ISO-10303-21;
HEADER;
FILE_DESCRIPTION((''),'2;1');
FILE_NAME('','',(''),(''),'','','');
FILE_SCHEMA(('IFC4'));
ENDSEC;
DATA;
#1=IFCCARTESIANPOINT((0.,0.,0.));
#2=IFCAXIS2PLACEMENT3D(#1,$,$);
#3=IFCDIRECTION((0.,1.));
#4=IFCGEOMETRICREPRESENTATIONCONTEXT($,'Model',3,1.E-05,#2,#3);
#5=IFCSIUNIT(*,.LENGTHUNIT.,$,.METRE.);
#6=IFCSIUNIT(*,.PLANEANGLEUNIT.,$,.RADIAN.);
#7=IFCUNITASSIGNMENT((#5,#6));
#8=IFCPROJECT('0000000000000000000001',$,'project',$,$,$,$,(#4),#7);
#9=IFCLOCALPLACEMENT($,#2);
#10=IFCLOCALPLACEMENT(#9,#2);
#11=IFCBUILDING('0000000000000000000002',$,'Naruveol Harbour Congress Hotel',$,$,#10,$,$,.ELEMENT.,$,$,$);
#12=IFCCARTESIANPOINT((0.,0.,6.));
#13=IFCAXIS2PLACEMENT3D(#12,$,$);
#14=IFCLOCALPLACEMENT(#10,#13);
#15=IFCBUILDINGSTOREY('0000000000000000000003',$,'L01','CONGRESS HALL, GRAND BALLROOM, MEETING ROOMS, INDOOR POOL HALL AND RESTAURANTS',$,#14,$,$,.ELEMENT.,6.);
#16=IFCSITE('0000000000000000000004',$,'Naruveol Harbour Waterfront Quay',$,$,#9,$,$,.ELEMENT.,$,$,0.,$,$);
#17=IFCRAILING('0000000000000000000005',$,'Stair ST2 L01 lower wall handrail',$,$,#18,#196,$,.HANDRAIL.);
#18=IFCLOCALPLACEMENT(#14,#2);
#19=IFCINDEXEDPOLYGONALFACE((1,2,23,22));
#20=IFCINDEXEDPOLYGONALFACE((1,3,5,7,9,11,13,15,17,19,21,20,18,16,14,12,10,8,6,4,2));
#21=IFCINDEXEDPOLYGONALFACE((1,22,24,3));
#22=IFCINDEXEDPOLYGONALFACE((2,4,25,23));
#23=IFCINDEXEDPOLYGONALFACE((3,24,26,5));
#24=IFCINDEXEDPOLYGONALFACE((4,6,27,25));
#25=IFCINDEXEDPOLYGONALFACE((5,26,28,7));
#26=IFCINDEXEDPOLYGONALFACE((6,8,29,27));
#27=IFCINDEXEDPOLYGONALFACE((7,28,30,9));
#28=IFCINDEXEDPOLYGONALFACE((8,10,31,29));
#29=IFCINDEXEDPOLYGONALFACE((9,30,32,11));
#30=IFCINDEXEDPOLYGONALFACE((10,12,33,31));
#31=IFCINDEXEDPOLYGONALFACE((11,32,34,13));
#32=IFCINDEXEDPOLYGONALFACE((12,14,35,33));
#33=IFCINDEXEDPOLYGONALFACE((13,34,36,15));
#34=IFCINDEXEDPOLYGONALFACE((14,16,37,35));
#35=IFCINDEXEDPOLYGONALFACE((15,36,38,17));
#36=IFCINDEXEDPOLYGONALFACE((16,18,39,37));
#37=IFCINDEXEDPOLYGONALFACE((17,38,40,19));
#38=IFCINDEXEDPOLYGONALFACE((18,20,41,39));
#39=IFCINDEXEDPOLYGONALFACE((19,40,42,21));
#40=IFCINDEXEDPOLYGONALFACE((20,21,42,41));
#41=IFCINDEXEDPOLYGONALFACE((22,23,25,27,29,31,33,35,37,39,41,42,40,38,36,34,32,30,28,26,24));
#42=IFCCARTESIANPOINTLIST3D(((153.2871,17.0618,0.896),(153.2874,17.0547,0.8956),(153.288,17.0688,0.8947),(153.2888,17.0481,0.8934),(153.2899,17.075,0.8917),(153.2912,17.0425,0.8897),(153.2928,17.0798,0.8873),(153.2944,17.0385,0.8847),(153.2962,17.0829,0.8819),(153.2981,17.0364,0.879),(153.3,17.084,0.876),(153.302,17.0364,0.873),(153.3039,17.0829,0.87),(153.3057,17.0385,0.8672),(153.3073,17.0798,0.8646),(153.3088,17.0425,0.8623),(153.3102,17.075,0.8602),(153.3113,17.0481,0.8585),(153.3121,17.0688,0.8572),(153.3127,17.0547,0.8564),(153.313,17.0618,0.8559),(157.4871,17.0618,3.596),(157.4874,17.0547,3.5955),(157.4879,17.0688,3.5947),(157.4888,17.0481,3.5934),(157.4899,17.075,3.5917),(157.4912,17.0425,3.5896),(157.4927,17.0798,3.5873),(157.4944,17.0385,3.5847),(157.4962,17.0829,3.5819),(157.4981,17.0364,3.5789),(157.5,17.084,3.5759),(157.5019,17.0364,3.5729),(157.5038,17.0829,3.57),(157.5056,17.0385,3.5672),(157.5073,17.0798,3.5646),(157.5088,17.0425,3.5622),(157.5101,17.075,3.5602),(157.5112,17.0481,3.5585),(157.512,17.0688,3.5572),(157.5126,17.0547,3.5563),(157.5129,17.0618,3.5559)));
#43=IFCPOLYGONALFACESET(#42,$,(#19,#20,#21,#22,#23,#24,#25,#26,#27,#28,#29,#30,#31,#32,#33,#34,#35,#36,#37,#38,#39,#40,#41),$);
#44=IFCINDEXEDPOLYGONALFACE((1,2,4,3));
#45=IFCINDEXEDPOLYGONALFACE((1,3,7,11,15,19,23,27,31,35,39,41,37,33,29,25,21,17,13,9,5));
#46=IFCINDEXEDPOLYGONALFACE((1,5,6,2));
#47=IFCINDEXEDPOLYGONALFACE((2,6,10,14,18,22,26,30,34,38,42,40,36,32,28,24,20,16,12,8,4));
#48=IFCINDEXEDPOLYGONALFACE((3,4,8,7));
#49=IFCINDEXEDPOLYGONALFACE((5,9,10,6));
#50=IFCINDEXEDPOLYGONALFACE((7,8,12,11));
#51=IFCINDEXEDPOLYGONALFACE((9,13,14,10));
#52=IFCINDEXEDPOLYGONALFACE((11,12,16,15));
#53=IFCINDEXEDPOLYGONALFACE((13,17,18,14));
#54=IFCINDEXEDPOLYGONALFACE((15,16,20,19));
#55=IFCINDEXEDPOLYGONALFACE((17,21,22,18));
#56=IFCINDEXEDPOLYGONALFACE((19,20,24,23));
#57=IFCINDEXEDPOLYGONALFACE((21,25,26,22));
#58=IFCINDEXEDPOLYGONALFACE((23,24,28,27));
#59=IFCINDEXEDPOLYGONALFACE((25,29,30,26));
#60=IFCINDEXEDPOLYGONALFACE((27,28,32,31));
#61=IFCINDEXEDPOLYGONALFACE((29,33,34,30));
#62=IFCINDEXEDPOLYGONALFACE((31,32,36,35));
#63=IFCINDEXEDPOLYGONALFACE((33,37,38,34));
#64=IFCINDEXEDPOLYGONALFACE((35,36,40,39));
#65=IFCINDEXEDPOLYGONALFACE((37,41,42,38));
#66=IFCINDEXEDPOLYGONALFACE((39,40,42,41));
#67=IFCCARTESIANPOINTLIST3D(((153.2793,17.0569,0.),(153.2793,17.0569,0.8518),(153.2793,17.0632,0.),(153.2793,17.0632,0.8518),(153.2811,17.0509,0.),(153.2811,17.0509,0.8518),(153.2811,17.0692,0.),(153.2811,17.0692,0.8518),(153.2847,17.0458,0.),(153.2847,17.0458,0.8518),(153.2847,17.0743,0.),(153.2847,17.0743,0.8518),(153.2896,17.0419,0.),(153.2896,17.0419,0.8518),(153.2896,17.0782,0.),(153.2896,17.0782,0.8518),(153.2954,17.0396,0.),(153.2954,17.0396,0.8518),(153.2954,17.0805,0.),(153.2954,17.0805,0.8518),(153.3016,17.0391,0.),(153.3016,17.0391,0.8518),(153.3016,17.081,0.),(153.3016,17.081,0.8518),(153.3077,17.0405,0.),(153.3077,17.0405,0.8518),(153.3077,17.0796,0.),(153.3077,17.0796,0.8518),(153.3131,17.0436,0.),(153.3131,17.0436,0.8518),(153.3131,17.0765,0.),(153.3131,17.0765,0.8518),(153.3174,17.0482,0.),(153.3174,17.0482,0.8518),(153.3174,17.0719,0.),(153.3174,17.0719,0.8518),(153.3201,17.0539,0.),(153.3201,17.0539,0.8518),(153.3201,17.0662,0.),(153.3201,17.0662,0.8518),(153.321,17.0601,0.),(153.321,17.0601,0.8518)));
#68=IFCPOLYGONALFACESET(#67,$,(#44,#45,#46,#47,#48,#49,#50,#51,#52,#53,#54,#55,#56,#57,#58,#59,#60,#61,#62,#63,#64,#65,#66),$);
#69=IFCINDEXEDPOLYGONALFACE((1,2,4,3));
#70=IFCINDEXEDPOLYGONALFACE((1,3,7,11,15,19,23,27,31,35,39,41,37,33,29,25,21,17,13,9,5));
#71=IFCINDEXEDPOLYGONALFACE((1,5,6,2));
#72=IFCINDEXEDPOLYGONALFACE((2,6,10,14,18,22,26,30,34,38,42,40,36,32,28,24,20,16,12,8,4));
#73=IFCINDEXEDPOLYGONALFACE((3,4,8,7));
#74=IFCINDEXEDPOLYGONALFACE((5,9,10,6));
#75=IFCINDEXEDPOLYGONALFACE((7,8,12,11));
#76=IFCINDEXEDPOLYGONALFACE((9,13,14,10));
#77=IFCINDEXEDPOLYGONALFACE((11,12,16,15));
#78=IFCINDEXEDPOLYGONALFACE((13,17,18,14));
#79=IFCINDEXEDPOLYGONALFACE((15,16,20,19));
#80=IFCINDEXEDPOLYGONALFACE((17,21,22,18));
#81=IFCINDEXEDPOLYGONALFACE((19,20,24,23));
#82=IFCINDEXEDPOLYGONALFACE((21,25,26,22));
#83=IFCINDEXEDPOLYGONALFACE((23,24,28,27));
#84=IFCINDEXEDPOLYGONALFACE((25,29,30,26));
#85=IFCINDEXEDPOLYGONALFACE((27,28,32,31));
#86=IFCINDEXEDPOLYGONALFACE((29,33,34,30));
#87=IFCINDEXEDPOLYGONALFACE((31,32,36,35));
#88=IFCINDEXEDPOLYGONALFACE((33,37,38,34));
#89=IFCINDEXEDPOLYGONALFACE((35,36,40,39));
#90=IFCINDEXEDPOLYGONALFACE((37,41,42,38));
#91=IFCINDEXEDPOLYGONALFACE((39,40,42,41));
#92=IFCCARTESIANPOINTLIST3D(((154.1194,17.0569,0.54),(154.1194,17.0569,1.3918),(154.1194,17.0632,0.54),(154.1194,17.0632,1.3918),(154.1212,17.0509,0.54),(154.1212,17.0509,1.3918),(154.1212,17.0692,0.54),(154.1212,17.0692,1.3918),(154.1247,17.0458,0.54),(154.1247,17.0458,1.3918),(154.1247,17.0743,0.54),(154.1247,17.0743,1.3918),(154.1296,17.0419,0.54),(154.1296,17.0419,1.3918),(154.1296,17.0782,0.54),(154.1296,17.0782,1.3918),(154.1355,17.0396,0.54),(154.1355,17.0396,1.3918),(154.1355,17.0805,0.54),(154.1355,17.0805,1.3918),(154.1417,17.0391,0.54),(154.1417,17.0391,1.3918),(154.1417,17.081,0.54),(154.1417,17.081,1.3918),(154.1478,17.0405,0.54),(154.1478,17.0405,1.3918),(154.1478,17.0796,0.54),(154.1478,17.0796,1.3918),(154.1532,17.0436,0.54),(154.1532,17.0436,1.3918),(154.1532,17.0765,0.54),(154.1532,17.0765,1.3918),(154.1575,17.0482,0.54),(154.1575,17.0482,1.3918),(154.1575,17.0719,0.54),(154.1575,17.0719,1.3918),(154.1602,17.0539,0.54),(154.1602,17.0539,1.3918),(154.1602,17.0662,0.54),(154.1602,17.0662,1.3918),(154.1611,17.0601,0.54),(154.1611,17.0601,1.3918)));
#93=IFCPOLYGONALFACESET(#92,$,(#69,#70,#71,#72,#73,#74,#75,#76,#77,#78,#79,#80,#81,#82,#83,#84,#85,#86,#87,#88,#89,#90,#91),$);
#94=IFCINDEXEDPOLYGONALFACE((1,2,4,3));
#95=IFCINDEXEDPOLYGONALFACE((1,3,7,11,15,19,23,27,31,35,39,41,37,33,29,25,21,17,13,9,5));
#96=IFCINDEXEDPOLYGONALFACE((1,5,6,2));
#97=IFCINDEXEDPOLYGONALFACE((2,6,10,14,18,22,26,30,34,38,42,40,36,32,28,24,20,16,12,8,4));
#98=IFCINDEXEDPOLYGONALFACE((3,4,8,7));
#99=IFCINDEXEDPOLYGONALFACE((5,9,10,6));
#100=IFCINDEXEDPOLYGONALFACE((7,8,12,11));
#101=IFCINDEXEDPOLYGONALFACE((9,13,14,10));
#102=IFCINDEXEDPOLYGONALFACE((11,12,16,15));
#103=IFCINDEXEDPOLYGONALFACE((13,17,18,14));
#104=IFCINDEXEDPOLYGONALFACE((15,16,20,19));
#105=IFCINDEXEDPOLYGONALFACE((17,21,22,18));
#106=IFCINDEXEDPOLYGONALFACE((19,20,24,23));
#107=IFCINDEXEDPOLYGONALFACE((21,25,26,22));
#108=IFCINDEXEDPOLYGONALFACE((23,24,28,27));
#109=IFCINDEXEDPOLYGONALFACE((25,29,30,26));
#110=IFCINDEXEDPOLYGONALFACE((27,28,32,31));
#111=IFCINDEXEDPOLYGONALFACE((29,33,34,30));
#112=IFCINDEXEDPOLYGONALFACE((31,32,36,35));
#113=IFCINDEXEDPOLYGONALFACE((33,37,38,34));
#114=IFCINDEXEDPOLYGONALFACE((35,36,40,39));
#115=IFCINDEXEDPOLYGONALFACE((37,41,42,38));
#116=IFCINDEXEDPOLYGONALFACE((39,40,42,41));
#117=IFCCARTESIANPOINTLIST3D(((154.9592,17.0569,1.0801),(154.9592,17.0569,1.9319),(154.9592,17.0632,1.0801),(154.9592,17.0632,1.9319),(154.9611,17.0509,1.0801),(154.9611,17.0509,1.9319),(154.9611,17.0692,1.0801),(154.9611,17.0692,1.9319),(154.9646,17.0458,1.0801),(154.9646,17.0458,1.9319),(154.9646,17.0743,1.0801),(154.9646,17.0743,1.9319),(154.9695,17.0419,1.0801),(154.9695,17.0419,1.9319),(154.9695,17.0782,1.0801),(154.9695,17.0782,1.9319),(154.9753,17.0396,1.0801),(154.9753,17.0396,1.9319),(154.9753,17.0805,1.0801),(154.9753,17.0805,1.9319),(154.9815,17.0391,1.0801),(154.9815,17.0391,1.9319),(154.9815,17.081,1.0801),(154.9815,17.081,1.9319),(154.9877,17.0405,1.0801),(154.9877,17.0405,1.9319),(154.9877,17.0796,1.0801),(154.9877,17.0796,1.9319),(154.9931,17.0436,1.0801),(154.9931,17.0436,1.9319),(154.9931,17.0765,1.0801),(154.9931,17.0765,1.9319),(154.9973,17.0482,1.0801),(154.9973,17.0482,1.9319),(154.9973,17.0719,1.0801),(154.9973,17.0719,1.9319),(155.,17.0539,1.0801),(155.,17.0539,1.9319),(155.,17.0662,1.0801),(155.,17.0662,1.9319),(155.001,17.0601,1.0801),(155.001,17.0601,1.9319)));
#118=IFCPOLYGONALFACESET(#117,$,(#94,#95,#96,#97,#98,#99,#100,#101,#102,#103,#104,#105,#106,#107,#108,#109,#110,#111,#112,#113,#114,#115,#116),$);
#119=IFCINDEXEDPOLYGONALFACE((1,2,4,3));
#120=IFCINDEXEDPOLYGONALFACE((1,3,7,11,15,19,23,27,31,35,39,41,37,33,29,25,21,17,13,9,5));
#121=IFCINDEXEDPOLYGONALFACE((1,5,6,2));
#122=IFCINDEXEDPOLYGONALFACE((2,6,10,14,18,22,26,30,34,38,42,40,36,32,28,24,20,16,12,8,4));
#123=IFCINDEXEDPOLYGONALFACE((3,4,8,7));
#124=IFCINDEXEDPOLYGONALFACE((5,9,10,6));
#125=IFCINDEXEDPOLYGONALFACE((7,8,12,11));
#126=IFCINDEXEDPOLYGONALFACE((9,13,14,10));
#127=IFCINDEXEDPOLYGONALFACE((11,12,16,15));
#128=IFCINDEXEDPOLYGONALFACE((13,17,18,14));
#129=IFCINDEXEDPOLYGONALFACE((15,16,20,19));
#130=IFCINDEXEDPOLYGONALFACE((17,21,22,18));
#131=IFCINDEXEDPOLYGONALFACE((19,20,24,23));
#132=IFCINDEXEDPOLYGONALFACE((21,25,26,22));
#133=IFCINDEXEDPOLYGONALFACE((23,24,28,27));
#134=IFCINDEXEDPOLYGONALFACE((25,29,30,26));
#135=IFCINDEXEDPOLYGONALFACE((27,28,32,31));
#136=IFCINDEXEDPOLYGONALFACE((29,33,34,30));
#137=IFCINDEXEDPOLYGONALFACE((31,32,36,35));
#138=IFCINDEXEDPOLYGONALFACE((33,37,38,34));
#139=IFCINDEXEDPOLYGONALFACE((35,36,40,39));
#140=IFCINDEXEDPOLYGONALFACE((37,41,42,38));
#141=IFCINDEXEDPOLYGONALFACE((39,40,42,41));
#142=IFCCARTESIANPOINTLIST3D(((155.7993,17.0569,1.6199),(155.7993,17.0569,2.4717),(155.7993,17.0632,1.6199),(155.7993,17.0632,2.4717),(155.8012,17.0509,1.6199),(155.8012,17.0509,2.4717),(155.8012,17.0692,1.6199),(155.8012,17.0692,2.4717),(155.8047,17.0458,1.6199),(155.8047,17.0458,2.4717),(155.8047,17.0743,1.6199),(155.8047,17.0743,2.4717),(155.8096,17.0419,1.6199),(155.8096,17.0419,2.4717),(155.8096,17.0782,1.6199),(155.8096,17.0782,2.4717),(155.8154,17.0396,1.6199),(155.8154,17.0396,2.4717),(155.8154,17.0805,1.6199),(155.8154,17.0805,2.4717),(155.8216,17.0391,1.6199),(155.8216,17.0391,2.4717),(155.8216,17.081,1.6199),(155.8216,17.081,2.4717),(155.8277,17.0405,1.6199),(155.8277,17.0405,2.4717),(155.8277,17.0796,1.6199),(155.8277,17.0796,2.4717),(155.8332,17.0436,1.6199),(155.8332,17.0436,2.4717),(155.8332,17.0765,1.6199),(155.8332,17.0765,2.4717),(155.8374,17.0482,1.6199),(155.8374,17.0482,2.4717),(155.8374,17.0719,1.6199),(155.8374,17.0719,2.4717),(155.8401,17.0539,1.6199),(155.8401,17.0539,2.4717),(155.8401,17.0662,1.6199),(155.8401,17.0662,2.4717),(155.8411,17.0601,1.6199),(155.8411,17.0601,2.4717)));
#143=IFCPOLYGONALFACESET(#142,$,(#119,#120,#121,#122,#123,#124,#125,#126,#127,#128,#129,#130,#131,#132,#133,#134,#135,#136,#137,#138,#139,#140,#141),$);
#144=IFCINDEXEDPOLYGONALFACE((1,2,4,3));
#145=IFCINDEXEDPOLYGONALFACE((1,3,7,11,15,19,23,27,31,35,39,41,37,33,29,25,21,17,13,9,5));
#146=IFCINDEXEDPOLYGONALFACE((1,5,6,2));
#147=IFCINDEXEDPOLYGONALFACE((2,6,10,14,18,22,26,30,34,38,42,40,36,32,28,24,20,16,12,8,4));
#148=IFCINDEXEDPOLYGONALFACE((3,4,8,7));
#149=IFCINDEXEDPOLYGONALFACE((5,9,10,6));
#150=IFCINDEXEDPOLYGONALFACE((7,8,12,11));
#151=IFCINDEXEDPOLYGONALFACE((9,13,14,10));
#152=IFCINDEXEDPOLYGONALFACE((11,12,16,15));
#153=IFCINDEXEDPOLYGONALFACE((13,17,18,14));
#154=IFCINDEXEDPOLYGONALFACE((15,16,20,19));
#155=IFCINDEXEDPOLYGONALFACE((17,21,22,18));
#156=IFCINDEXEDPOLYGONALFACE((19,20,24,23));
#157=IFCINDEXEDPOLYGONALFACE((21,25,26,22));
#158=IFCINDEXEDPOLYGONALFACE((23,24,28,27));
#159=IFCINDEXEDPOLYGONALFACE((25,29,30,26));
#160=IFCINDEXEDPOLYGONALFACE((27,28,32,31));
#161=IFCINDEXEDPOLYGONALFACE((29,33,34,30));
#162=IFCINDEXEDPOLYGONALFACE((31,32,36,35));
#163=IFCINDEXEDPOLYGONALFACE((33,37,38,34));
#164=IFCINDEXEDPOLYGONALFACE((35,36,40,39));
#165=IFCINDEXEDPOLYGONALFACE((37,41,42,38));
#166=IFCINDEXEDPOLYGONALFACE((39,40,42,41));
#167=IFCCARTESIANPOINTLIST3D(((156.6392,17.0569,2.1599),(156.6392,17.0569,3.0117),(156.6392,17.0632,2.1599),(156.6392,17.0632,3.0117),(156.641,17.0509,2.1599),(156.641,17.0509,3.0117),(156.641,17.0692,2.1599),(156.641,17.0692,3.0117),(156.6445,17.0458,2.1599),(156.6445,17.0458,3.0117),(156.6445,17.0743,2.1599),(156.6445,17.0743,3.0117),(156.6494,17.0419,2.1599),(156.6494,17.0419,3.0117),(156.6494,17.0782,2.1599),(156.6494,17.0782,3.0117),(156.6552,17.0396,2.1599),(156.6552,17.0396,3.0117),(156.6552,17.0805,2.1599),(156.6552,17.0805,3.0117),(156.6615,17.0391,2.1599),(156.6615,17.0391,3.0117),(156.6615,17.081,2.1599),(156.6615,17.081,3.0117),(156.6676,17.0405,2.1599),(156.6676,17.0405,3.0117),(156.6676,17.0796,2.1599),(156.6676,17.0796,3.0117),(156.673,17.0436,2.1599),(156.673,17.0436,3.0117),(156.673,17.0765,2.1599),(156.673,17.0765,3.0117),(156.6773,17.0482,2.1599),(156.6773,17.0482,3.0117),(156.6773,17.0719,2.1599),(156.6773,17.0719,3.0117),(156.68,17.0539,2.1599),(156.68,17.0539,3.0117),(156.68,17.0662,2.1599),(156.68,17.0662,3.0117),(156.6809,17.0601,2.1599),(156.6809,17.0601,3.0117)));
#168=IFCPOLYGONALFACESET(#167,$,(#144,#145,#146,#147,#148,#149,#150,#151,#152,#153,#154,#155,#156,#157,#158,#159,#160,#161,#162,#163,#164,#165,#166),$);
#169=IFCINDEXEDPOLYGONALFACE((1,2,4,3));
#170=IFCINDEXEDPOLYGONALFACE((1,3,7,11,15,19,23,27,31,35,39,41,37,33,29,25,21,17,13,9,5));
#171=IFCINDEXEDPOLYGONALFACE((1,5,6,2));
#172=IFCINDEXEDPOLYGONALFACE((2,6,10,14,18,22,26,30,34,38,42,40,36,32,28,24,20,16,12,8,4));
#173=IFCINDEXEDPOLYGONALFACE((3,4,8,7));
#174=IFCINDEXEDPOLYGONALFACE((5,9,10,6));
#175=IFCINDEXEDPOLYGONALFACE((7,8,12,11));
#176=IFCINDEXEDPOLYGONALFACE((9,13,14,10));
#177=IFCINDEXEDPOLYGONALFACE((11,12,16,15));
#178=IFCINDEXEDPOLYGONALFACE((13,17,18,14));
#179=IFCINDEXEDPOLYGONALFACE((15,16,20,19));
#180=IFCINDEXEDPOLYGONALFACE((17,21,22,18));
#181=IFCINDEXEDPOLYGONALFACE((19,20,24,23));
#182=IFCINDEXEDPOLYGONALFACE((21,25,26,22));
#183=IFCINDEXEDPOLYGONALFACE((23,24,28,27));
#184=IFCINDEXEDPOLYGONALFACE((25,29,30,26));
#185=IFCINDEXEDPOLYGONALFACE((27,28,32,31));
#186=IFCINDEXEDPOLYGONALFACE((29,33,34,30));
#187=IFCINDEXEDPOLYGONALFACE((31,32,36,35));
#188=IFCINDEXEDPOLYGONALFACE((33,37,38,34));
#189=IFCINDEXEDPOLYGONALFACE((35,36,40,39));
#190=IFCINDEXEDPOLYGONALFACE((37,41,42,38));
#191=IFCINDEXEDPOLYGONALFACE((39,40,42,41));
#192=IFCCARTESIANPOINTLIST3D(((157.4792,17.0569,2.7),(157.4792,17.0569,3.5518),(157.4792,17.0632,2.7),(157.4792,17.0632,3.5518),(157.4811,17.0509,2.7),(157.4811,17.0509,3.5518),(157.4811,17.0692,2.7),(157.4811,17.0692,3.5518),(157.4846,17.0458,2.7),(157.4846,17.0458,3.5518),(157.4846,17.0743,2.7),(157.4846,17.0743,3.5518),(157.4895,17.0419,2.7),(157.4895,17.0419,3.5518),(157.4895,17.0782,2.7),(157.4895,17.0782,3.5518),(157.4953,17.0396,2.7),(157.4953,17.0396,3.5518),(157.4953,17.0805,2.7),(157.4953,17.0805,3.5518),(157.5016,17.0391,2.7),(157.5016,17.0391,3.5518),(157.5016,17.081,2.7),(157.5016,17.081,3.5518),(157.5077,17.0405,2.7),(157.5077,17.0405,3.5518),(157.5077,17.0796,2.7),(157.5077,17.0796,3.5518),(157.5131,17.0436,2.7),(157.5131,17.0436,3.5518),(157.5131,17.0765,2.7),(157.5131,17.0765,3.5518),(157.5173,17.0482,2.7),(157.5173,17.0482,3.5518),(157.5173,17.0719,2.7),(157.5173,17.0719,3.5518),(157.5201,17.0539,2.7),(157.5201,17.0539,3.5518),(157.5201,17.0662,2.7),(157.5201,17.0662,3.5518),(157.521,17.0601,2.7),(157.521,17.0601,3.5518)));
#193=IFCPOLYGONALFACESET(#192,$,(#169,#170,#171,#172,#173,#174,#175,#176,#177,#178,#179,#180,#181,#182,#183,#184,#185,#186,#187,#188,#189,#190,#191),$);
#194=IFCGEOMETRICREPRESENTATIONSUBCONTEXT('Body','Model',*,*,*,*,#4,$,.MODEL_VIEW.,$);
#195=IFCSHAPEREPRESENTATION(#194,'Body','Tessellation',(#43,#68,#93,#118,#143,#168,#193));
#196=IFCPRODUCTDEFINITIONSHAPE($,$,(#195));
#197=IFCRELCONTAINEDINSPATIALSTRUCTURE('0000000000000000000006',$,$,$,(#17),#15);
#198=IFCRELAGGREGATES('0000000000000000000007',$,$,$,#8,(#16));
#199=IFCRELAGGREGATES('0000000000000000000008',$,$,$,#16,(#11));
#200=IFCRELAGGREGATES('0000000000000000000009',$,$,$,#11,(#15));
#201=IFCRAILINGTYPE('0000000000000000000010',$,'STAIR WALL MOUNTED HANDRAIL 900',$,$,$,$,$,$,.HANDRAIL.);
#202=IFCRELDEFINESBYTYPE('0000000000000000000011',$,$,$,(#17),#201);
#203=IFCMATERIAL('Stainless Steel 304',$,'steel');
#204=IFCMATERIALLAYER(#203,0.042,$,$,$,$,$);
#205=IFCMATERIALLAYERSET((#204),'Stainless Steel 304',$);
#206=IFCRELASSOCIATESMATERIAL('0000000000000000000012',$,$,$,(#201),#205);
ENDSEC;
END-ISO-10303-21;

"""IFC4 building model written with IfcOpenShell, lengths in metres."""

from ifc_helpers import new_model, si_unit, direction, frame, origin, origin_2d, place, context, subcontext, project, spatial, circle, extrude, material, layer, layer_set, type_object, element, save


model = new_model("IFC4")

# Units and contexts
model_context = context("Model", 3, precision=1e-05, world=origin(), true_north=direction((0.0, 1.0)))
body_context = subcontext(model_context, "Body", "Model", "MODEL_VIEW")
ifc_project = project(units=[si_unit("LENGTHUNIT", "METRE"), si_unit("PLANEANGLEUNIT", "RADIAN")], contexts=[model_context])

# Site, building, storey
site_placement = place(None, origin())
site = spatial("IfcSite", under=ifc_project, at=site_placement, Name="Naruveol Harbour Waterfront Quay", CompositionType="ELEMENT", RefElevation=0.0)
building_placement = place(site_placement, origin())
building = spatial("IfcBuilding", under=site, at=building_placement, Name="Naruveol Harbour Congress Hotel", CompositionType="ELEMENT")
storey_placement = place(building_placement, frame((0.0, 0.0, 6.0)))
storey = spatial("IfcBuildingStorey", under=building, at=storey_placement, Name="L01", Description="CONGRESS HALL, GRAND BALLROOM, MEETING ROOMS, INDOOR POOL HALL AND RESTAURANTS", CompositionType="ELEMENT", Elevation=6.0)

# Railing
ifc_material_1 = material(Name="Stainless Steel 304", Category="steel")
ifc_layer_1 = layer(ifc_material_1, 0.042)
ifc_layer_set_1 = layer_set([ifc_layer_1], Name="Stainless Steel 304")
railing_type_1 = type_object("IfcRailingType", Name="STAIR WALL MOUNTED HANDRAIL 900", PredefinedType="HANDRAIL", material=ifc_layer_set_1)
railing_1_placement = place(storey_placement, frame((153.3, 17.0601, 0.0)))
element("IfcRailing", 1, at=railing_1_placement, inside=storey, type_object=railing_type_1, Name="Stair ST2 L01 lower wall handrail", PredefinedType="HANDRAIL", context=body_context, shape_type="SweptSolid", body=[
    extrude(circle(Radius=0.0239, at=origin_2d()), frame((0.0, 0.0, 0.876), z_axis=(0.84118, 0.0, 0.540755), x_axis=(0.0, 1.0, 0.0)), (0.0, 0.0, 1.0), 4.9929),
    extrude(circle(Radius=0.021, at=origin_2d()), origin(), (0.0, 0.0, 1.0), 0.8518),
    extrude(circle(Radius=0.021, at=origin_2d()), frame((0.8401, 0.0, 0.54)), (0.0, 0.0, 1.0), 0.8518),
    extrude(circle(Radius=0.021, at=origin_2d()), frame((1.6799, 0.0, 1.0801)), (0.0, 0.0, 1.0), 0.8518),
    extrude(circle(Radius=0.021, at=origin_2d()), frame((2.52, 0.0, 1.6199)), (0.0, 0.0, 1.0), 0.8518),
    extrude(circle(Radius=0.021, at=origin_2d()), frame((3.3599, 0.0, 2.1599)), (0.0, 0.0, 1.0), 0.8518),
    extrude(circle(Radius=0.021, at=origin_2d()), frame((4.2, 0.0, 2.7)), (0.0, 0.0, 1.0), 0.8518),
])

save(model, "model.ifc")
